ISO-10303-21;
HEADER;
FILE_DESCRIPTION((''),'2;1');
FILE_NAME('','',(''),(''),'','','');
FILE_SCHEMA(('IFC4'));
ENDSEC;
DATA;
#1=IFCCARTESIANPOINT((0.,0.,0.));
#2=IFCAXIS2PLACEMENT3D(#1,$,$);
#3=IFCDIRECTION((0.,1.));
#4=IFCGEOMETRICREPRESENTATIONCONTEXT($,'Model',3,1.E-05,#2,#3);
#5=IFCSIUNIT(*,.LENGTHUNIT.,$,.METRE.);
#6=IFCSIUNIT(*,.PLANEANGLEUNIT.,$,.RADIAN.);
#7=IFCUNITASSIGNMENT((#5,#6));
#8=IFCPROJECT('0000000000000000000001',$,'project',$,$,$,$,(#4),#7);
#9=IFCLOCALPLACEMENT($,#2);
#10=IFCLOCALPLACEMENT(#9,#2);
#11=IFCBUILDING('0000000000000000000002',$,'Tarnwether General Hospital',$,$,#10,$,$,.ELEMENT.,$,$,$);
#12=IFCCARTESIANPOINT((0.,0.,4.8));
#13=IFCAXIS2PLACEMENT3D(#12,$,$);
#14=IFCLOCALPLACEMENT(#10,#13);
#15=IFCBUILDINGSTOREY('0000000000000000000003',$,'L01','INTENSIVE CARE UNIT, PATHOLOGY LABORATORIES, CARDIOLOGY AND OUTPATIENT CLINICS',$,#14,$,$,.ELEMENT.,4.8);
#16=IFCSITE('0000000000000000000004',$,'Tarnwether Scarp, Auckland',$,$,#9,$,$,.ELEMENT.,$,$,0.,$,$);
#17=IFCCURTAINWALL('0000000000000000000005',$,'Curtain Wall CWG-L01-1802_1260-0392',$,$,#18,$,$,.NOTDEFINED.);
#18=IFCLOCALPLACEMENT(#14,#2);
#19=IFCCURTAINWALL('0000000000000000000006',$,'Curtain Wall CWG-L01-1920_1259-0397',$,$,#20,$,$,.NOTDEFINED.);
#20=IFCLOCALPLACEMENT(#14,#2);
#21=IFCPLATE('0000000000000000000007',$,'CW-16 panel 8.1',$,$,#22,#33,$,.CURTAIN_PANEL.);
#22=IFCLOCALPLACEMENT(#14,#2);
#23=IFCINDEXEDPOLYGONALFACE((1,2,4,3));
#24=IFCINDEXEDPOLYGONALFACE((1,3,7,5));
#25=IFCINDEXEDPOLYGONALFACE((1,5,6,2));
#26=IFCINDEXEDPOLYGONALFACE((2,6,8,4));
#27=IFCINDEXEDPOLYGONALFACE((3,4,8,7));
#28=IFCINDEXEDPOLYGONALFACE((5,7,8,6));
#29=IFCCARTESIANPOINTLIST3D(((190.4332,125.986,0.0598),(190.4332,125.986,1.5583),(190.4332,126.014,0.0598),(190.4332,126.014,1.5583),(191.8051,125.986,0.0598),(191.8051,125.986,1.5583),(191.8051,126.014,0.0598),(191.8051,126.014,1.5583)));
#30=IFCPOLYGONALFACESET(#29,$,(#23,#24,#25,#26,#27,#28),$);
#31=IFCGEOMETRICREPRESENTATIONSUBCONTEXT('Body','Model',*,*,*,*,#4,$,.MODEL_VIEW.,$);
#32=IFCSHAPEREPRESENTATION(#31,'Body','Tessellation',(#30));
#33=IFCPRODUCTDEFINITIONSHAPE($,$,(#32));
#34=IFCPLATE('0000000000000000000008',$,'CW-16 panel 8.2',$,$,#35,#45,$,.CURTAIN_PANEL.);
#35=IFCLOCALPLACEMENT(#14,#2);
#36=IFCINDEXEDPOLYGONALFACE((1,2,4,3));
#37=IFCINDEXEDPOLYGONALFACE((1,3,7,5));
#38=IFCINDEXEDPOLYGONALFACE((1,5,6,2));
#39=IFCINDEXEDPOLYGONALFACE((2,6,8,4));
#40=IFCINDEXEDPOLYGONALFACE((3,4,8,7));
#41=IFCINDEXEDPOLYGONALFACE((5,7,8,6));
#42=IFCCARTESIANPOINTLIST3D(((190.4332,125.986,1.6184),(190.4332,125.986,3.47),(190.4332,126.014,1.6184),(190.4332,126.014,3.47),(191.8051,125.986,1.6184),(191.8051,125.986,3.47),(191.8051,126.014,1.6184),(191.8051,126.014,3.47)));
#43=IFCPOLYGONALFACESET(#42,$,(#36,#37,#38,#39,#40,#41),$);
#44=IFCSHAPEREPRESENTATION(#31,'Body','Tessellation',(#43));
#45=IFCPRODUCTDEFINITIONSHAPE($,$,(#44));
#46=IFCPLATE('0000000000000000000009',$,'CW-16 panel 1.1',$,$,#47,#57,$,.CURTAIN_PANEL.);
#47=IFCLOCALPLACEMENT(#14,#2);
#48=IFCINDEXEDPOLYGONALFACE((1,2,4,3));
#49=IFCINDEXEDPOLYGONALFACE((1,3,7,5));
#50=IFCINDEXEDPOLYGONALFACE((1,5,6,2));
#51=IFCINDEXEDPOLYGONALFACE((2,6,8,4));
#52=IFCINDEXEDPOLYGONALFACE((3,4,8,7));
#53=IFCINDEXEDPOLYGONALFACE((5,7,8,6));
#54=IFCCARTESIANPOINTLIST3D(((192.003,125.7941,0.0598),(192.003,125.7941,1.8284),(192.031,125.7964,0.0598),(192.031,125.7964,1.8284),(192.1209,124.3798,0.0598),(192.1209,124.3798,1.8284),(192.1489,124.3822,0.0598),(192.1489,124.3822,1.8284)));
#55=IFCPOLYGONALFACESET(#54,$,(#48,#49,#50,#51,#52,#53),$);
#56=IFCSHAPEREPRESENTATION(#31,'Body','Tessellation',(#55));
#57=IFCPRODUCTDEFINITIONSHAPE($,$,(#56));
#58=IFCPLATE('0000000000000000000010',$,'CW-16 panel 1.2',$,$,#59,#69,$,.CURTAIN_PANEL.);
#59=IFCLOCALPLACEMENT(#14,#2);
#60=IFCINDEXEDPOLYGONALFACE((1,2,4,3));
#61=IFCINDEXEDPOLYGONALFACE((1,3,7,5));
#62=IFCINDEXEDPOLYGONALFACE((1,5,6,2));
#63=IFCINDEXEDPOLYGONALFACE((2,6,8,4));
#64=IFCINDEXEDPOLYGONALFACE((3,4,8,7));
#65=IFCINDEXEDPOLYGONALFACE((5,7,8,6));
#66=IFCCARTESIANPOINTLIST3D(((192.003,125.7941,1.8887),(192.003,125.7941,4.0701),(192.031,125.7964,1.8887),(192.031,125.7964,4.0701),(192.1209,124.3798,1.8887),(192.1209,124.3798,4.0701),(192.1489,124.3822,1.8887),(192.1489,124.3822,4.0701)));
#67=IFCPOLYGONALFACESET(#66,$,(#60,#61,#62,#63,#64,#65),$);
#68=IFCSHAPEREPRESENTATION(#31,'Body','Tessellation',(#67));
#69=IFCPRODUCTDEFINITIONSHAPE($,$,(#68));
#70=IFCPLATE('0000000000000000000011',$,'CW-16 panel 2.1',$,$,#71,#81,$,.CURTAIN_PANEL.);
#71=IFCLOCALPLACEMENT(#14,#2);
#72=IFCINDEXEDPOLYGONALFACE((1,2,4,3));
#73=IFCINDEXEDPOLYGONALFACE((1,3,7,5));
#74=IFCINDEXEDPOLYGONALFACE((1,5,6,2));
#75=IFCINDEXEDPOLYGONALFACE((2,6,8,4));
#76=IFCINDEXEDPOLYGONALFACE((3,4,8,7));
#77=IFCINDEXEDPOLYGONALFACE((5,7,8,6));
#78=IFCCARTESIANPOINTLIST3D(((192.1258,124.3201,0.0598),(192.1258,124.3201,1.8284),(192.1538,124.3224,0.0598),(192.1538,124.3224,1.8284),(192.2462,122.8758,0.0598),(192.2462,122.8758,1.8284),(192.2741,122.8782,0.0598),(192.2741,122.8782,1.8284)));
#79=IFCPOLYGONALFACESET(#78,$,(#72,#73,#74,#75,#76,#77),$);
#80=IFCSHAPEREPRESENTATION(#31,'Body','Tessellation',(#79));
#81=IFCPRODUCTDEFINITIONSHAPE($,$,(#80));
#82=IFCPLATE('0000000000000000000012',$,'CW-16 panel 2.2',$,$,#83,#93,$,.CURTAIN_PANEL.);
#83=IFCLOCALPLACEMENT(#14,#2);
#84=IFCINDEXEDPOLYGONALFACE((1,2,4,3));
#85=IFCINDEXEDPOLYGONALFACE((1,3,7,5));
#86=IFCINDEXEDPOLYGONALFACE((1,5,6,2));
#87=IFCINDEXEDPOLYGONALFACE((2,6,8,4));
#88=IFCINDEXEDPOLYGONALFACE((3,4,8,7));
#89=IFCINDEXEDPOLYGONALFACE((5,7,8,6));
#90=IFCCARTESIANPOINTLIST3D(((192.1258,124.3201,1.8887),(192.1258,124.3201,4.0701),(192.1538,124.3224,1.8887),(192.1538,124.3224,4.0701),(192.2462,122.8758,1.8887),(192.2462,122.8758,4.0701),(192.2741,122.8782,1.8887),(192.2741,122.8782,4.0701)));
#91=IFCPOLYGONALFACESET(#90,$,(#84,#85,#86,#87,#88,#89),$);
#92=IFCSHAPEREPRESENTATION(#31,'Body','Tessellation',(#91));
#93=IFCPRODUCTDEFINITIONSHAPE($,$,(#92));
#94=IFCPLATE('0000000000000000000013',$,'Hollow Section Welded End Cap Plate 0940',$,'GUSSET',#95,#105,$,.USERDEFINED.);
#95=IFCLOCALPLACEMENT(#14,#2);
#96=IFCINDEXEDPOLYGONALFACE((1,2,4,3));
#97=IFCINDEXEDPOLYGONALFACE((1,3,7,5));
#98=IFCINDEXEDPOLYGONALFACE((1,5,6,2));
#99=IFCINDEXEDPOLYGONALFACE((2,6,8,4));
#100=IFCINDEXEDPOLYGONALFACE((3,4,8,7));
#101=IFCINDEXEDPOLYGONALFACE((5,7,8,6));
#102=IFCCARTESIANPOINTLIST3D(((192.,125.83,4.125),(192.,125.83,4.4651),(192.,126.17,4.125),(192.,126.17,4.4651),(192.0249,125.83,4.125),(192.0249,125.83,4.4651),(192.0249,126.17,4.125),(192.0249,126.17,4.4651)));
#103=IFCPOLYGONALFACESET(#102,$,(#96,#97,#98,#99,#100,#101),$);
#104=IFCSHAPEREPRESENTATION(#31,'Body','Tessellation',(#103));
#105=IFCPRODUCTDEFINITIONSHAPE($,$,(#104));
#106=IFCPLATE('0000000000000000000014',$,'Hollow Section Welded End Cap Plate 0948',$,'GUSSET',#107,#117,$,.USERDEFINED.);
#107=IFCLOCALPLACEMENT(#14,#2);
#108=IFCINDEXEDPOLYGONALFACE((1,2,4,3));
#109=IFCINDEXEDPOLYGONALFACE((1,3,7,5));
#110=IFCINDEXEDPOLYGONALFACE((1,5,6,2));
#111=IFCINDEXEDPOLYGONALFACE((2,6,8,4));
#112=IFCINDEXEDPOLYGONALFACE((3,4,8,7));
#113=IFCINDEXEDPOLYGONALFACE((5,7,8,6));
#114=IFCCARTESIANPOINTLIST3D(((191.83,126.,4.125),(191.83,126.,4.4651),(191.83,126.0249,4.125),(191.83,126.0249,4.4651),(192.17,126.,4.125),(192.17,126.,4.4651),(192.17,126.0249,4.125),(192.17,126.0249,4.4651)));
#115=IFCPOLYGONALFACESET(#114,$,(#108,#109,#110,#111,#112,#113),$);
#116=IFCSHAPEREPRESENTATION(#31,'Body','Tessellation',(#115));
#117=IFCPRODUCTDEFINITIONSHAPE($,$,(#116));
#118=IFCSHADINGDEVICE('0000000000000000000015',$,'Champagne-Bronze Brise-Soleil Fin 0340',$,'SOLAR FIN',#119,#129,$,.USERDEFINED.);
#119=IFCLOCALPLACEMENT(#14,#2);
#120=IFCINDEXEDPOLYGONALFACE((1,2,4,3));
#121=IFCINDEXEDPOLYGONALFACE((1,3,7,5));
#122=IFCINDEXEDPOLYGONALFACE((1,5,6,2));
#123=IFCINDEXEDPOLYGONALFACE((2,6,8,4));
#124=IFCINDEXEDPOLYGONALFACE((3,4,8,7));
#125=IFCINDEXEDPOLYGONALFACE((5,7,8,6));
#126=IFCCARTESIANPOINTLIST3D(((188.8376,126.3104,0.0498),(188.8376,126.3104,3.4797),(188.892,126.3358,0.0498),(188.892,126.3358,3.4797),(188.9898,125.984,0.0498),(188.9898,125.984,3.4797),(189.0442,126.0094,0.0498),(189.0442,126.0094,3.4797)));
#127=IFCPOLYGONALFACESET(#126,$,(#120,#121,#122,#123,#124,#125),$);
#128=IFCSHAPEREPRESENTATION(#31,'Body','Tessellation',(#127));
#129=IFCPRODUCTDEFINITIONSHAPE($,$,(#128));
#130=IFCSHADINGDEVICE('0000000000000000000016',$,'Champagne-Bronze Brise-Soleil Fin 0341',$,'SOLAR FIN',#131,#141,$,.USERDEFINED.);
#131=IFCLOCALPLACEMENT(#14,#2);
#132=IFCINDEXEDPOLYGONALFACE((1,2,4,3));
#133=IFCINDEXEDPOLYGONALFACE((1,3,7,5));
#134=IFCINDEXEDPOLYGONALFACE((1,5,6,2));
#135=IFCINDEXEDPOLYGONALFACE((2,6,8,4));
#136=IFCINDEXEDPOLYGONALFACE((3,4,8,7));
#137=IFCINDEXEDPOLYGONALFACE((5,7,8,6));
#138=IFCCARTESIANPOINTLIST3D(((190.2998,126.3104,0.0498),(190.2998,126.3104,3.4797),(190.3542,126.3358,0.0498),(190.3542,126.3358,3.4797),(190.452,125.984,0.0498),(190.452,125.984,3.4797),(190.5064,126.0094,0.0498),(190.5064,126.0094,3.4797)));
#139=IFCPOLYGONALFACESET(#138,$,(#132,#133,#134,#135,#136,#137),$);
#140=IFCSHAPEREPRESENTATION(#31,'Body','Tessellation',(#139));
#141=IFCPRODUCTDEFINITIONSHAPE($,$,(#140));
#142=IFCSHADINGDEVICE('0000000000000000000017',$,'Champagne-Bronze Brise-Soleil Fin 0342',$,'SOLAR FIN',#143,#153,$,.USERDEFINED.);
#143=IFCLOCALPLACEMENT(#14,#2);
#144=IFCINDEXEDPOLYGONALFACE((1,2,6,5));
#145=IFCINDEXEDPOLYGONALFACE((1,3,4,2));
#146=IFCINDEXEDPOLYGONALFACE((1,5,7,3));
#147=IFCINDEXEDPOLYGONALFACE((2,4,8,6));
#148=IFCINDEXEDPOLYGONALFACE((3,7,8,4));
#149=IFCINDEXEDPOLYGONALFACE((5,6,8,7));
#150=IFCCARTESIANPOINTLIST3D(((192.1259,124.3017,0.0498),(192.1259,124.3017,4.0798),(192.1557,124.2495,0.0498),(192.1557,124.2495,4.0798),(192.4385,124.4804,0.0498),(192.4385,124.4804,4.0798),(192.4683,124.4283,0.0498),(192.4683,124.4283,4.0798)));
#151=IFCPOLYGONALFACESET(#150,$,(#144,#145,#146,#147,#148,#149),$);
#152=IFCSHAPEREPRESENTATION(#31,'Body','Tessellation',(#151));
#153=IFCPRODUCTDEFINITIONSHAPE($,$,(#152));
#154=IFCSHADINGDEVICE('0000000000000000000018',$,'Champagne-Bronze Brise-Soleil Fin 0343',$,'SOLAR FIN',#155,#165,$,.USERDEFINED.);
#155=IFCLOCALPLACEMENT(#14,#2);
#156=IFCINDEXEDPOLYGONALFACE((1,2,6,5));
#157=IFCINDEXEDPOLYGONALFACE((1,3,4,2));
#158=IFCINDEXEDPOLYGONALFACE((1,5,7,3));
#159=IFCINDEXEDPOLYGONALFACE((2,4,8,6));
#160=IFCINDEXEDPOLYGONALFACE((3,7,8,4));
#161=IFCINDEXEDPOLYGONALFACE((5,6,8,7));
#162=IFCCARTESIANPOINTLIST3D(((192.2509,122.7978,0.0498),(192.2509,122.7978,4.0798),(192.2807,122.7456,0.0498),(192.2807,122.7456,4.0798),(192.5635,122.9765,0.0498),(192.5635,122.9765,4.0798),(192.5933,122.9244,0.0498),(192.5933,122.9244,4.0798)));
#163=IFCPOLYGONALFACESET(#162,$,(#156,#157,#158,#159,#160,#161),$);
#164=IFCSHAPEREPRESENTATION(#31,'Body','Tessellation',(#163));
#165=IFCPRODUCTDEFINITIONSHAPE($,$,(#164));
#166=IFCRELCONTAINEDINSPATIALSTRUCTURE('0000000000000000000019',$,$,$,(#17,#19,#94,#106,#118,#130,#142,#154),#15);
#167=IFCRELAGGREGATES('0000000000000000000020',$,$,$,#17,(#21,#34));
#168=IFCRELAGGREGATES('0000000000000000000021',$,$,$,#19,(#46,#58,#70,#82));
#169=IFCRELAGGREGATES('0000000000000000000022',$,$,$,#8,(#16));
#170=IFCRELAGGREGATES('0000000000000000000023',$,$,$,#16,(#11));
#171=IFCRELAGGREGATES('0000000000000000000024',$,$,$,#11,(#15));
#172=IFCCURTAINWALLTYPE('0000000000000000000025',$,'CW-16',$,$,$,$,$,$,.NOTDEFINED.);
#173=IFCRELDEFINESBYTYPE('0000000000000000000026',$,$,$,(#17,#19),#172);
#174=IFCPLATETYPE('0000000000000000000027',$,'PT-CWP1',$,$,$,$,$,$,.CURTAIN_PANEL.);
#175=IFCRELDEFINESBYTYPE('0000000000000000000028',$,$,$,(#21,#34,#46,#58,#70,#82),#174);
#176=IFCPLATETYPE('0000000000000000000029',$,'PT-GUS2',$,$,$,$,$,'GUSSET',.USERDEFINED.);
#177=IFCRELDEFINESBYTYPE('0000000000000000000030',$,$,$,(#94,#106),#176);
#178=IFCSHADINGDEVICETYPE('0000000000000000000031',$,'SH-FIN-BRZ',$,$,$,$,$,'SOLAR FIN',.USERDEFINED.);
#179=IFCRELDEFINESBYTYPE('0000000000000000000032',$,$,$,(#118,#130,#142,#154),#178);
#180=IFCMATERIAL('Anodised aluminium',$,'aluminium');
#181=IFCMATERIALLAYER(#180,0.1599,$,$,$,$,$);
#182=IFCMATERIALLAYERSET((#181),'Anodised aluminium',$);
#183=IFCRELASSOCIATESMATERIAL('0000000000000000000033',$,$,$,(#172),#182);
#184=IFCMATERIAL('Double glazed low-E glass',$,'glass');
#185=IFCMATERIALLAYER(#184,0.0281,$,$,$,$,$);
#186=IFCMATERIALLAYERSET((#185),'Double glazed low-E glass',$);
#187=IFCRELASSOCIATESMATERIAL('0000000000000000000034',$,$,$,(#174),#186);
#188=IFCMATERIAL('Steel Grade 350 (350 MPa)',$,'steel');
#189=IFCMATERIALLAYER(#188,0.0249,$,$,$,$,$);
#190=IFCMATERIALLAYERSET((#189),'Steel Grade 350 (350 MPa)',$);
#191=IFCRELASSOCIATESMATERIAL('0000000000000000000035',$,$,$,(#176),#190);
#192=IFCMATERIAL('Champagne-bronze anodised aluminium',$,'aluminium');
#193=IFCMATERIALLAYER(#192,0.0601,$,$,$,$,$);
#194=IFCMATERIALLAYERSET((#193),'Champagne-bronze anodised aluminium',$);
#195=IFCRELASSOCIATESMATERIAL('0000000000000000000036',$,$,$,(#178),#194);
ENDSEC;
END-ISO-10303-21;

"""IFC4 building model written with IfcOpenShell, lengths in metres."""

from ifc_helpers import new_model, si_unit, direction, frame, origin, origin_2d, place, context, subcontext, project, spatial, rectangle, extrude, material, layer, layer_set, type_object, element, aggregate, save


model = new_model("IFC4")

# Units and contexts
model_context = context("Model", 3, precision=1e-05, world=origin(), true_north=direction((0.0, 1.0)))
body_context = subcontext(model_context, "Body", "Model", "MODEL_VIEW")
ifc_project = project(units=[si_unit("LENGTHUNIT", "METRE"), si_unit("PLANEANGLEUNIT", "RADIAN")], contexts=[model_context])

# Site, building, storey
site_placement = place(None, origin())
site = spatial("IfcSite", under=ifc_project, at=site_placement, Name="Tarnwether Scarp, Auckland", CompositionType="ELEMENT", RefElevation=0.0)
building_placement = place(site_placement, origin())
building = spatial("IfcBuilding", under=site, at=building_placement, Name="Tarnwether General Hospital", CompositionType="ELEMENT")
storey_placement = place(building_placement, frame((0.0, 0.0, 4.8)))
storey = spatial("IfcBuildingStorey", under=building, at=storey_placement, Name="L01", Description="INTENSIVE CARE UNIT, PATHOLOGY LABORATORIES, CARDIOLOGY AND OUTPATIENT CLINICS", CompositionType="ELEMENT", Elevation=4.8)

# Curtain walls
ifc_material_1 = material(Name="Anodised aluminium", Category="aluminium")
ifc_layer_1 = layer(ifc_material_1, 0.1599)
ifc_layer_set_1 = layer_set([ifc_layer_1], Name="Anodised aluminium")
curtain_wall_type = type_object("IfcCurtainWallType", Name="CW-16", PredefinedType="NOTDEFINED", material=ifc_layer_set_1)
curtain_wall_1_placement = place(storey_placement, origin())
curtain_wall_1 = element("IfcCurtainWall", 1, at=curtain_wall_1_placement, inside=storey, type_object=curtain_wall_type, Name="Curtain Wall CWG-L01-1802_1260-0392", PredefinedType="NOTDEFINED")
curtain_wall_2_placement = place(storey_placement, origin())
curtain_wall_2 = element("IfcCurtainWall", 2, at=curtain_wall_2_placement, inside=storey, type_object=curtain_wall_type, Name="Curtain Wall CWG-L01-1920_1259-0397", PredefinedType="NOTDEFINED")

# Plates
ifc_material_2 = material(Name="Double glazed low-E glass", Category="glass")
ifc_layer_2 = layer(ifc_material_2, 0.0281)
ifc_layer_set_2 = layer_set([ifc_layer_2], Name="Double glazed low-E glass")
plate_type_1 = type_object("IfcPlateType", Name="PT-CWP1", PredefinedType="CURTAIN_PANEL", material=ifc_layer_set_2)
plate_1_placement = place(storey_placement, frame((191.1191, 126.0, 0.0598), z_axis=(0.0, 0.0, 1.0), x_axis=(1.0, 0.0, 0.0)))
plate_1 = element("IfcPlate", 3, at=plate_1_placement, type_object=plate_type_1, Name="CW-16 panel 8.1", PredefinedType="CURTAIN_PANEL", context=body_context, shape_type="SweptSolid", body=[
    extrude(rectangle(XDim=1.3718, YDim=0.0281, at=origin_2d()), origin(), (0.0, 0.0, 1.0), 1.4985),
])
plate_2_placement = place(storey_placement, frame((191.1191, 126.0, 1.6184), z_axis=(0.0, 0.0, 1.0), x_axis=(1.0, 0.0, 0.0)))
plate_2 = element("IfcPlate", 4, at=plate_2_placement, type_object=plate_type_1, Name="CW-16 panel 8.2", PredefinedType="CURTAIN_PANEL", context=body_context, shape_type="SweptSolid", body=[
    extrude(rectangle(XDim=1.3718, YDim=0.0281, at=origin_2d()), origin(), (0.0, 0.0, 1.0), 1.8516),
])
aggregate(curtain_wall_1, [plate_1, plate_2])
plate_3_placement = place(storey_placement, frame((192.0759, 125.0881, 0.0598), z_axis=(0.0, 0.0, 1.0), x_axis=(0.083065, -0.996544, 0.0)))
plate_3 = element("IfcPlate", 5, at=plate_3_placement, type_object=plate_type_1, Name="CW-16 panel 1.1", PredefinedType="CURTAIN_PANEL", context=body_context, shape_type="SweptSolid", body=[
    extrude(rectangle(XDim=1.4192, YDim=0.0281, at=origin_2d()), origin(), (0.0, 0.0, 1.0), 1.7686),
])
plate_4_placement = place(storey_placement, frame((192.0759, 125.0881, 1.8887), z_axis=(0.0, 0.0, 1.0), x_axis=(0.083065, -0.996544, 0.0)))
plate_4 = element("IfcPlate", 6, at=plate_4_placement, type_object=plate_type_1, Name="CW-16 panel 1.2", PredefinedType="CURTAIN_PANEL", context=body_context, shape_type="SweptSolid", body=[
    extrude(rectangle(XDim=1.4192, YDim=0.0281, at=origin_2d()), origin(), (0.0, 0.0, 1.0), 2.1814),
])
plate_5_placement = place(storey_placement, frame((192.2, 123.5991, 0.0598), z_axis=(0.0, 0.0, 1.0), x_axis=(0.083065, -0.996544, 0.0)))
plate_5 = element("IfcPlate", 7, at=plate_5_placement, type_object=plate_type_1, Name="CW-16 panel 2.1", PredefinedType="CURTAIN_PANEL", context=body_context, shape_type="SweptSolid", body=[
    extrude(rectangle(XDim=1.4492, YDim=0.0281, at=origin_2d()), origin(), (0.0, 0.0, 1.0), 1.7686),
])
plate_6_placement = place(storey_placement, frame((192.2, 123.5991, 1.8887), z_axis=(0.0, 0.0, 1.0), x_axis=(0.083065, -0.996544, 0.0)))
plate_6 = element("IfcPlate", 8, at=plate_6_placement, type_object=plate_type_1, Name="CW-16 panel 2.2", PredefinedType="CURTAIN_PANEL", context=body_context, shape_type="SweptSolid", body=[
    extrude(rectangle(XDim=1.4492, YDim=0.0281, at=origin_2d()), origin(), (0.0, 0.0, 1.0), 2.1814),
])
aggregate(curtain_wall_2, [plate_3, plate_4, plate_5, plate_6])

# Plates
ifc_material_3 = material(Name="Steel Grade 350 (350 MPa)", Category="steel")
ifc_layer_3 = layer(ifc_material_3, 0.0249)
ifc_layer_set_3 = layer_set([ifc_layer_3], Name="Steel Grade 350 (350 MPa)")
plate_type_2 = type_object("IfcPlateType", Name="PT-GUS2", ElementType="GUSSET", PredefinedType="USERDEFINED", material=ifc_layer_set_3)
for number, where, z_axis, x_axis, name in (
    (9, (192.0125, 126.0, 4.125), (0.0, 0.0, 1.0), (1.0, 0.0, 0.0), "Hollow Section Welded End Cap Plate 0940"),
    (10, (192.0, 126.0125, 4.125), (0.0, 0.0, 1.0), (0.0, 1.0, 0.0), "Hollow Section Welded End Cap Plate 0948"),
):
    element("IfcPlate", number, at=place(storey_placement, frame(where, z_axis=z_axis, x_axis=x_axis)), inside=storey, type_object=plate_type_2, Name=name, ObjectType="GUSSET", PredefinedType="USERDEFINED", context=body_context, shape_type="SweptSolid", body=[
        extrude(rectangle(XDim=0.0249, YDim=0.3401, at=origin_2d()), origin(), (0.0, 0.0, 1.0), 0.3401),
    ])

# Shading devices
ifc_material_4 = material(Name="Champagne-bronze anodised aluminium", Category="aluminium")
ifc_layer_4 = layer(ifc_material_4, 0.0601)
ifc_layer_set_4 = layer_set([ifc_layer_4], Name="Champagne-bronze anodised aluminium")
shading_device_type = type_object("IfcShadingDeviceType", Name="SH-FIN-BRZ", ElementType="SOLAR FIN", PredefinedType="USERDEFINED", material=ifc_layer_set_4)
for number, where, z_axis, x_axis, name in (
    (11, (188.9409, 126.1599, 0.0498), (0.0, 0.0, 1.0), (0.906308, 0.422618, 0.0), "Champagne-Bronze Brise-Soleil Fin 0340"),
    (12, (190.4031, 126.1599, 0.0498), (0.0, 0.0, 1.0), (0.906308, 0.422618, 0.0), "Champagne-Bronze Brise-Soleil Fin 0341"),
):
    element("IfcShadingDevice", number, at=place(storey_placement, frame(where, z_axis=z_axis, x_axis=x_axis)), inside=storey, type_object=shading_device_type, Name=name, ObjectType="SOLAR FIN", PredefinedType="USERDEFINED", context=body_context, shape_type="SweptSolid", body=[
        extrude(rectangle(XDim=0.0601, YDim=0.3601, at=origin_2d()), origin(), (0.0, 0.0, 1.0), 3.4299),
    ])
for number, where, z_axis, x_axis, name in (
    (13, (192.2971, 124.365, 0.0498), (0.0, 0.0, 1.0), (0.496368, -0.868112, 0.0), "Champagne-Bronze Brise-Soleil Fin 0342"),
    (14, (192.4221, 122.8611, 0.0498), (0.0, 0.0, 1.0), (0.496368, -0.868112, 0.0), "Champagne-Bronze Brise-Soleil Fin 0343"),
):
    element("IfcShadingDevice", number, at=place(storey_placement, frame(where, z_axis=z_axis, x_axis=x_axis)), inside=storey, type_object=shading_device_type, Name=name, ObjectType="SOLAR FIN", PredefinedType="USERDEFINED", context=body_context, shape_type="SweptSolid", body=[
        extrude(rectangle(XDim=0.0601, YDim=0.3601, at=origin_2d()), origin(), (0.0, 0.0, 1.0), 4.03),
    ])

save(model, "model.ifc")
